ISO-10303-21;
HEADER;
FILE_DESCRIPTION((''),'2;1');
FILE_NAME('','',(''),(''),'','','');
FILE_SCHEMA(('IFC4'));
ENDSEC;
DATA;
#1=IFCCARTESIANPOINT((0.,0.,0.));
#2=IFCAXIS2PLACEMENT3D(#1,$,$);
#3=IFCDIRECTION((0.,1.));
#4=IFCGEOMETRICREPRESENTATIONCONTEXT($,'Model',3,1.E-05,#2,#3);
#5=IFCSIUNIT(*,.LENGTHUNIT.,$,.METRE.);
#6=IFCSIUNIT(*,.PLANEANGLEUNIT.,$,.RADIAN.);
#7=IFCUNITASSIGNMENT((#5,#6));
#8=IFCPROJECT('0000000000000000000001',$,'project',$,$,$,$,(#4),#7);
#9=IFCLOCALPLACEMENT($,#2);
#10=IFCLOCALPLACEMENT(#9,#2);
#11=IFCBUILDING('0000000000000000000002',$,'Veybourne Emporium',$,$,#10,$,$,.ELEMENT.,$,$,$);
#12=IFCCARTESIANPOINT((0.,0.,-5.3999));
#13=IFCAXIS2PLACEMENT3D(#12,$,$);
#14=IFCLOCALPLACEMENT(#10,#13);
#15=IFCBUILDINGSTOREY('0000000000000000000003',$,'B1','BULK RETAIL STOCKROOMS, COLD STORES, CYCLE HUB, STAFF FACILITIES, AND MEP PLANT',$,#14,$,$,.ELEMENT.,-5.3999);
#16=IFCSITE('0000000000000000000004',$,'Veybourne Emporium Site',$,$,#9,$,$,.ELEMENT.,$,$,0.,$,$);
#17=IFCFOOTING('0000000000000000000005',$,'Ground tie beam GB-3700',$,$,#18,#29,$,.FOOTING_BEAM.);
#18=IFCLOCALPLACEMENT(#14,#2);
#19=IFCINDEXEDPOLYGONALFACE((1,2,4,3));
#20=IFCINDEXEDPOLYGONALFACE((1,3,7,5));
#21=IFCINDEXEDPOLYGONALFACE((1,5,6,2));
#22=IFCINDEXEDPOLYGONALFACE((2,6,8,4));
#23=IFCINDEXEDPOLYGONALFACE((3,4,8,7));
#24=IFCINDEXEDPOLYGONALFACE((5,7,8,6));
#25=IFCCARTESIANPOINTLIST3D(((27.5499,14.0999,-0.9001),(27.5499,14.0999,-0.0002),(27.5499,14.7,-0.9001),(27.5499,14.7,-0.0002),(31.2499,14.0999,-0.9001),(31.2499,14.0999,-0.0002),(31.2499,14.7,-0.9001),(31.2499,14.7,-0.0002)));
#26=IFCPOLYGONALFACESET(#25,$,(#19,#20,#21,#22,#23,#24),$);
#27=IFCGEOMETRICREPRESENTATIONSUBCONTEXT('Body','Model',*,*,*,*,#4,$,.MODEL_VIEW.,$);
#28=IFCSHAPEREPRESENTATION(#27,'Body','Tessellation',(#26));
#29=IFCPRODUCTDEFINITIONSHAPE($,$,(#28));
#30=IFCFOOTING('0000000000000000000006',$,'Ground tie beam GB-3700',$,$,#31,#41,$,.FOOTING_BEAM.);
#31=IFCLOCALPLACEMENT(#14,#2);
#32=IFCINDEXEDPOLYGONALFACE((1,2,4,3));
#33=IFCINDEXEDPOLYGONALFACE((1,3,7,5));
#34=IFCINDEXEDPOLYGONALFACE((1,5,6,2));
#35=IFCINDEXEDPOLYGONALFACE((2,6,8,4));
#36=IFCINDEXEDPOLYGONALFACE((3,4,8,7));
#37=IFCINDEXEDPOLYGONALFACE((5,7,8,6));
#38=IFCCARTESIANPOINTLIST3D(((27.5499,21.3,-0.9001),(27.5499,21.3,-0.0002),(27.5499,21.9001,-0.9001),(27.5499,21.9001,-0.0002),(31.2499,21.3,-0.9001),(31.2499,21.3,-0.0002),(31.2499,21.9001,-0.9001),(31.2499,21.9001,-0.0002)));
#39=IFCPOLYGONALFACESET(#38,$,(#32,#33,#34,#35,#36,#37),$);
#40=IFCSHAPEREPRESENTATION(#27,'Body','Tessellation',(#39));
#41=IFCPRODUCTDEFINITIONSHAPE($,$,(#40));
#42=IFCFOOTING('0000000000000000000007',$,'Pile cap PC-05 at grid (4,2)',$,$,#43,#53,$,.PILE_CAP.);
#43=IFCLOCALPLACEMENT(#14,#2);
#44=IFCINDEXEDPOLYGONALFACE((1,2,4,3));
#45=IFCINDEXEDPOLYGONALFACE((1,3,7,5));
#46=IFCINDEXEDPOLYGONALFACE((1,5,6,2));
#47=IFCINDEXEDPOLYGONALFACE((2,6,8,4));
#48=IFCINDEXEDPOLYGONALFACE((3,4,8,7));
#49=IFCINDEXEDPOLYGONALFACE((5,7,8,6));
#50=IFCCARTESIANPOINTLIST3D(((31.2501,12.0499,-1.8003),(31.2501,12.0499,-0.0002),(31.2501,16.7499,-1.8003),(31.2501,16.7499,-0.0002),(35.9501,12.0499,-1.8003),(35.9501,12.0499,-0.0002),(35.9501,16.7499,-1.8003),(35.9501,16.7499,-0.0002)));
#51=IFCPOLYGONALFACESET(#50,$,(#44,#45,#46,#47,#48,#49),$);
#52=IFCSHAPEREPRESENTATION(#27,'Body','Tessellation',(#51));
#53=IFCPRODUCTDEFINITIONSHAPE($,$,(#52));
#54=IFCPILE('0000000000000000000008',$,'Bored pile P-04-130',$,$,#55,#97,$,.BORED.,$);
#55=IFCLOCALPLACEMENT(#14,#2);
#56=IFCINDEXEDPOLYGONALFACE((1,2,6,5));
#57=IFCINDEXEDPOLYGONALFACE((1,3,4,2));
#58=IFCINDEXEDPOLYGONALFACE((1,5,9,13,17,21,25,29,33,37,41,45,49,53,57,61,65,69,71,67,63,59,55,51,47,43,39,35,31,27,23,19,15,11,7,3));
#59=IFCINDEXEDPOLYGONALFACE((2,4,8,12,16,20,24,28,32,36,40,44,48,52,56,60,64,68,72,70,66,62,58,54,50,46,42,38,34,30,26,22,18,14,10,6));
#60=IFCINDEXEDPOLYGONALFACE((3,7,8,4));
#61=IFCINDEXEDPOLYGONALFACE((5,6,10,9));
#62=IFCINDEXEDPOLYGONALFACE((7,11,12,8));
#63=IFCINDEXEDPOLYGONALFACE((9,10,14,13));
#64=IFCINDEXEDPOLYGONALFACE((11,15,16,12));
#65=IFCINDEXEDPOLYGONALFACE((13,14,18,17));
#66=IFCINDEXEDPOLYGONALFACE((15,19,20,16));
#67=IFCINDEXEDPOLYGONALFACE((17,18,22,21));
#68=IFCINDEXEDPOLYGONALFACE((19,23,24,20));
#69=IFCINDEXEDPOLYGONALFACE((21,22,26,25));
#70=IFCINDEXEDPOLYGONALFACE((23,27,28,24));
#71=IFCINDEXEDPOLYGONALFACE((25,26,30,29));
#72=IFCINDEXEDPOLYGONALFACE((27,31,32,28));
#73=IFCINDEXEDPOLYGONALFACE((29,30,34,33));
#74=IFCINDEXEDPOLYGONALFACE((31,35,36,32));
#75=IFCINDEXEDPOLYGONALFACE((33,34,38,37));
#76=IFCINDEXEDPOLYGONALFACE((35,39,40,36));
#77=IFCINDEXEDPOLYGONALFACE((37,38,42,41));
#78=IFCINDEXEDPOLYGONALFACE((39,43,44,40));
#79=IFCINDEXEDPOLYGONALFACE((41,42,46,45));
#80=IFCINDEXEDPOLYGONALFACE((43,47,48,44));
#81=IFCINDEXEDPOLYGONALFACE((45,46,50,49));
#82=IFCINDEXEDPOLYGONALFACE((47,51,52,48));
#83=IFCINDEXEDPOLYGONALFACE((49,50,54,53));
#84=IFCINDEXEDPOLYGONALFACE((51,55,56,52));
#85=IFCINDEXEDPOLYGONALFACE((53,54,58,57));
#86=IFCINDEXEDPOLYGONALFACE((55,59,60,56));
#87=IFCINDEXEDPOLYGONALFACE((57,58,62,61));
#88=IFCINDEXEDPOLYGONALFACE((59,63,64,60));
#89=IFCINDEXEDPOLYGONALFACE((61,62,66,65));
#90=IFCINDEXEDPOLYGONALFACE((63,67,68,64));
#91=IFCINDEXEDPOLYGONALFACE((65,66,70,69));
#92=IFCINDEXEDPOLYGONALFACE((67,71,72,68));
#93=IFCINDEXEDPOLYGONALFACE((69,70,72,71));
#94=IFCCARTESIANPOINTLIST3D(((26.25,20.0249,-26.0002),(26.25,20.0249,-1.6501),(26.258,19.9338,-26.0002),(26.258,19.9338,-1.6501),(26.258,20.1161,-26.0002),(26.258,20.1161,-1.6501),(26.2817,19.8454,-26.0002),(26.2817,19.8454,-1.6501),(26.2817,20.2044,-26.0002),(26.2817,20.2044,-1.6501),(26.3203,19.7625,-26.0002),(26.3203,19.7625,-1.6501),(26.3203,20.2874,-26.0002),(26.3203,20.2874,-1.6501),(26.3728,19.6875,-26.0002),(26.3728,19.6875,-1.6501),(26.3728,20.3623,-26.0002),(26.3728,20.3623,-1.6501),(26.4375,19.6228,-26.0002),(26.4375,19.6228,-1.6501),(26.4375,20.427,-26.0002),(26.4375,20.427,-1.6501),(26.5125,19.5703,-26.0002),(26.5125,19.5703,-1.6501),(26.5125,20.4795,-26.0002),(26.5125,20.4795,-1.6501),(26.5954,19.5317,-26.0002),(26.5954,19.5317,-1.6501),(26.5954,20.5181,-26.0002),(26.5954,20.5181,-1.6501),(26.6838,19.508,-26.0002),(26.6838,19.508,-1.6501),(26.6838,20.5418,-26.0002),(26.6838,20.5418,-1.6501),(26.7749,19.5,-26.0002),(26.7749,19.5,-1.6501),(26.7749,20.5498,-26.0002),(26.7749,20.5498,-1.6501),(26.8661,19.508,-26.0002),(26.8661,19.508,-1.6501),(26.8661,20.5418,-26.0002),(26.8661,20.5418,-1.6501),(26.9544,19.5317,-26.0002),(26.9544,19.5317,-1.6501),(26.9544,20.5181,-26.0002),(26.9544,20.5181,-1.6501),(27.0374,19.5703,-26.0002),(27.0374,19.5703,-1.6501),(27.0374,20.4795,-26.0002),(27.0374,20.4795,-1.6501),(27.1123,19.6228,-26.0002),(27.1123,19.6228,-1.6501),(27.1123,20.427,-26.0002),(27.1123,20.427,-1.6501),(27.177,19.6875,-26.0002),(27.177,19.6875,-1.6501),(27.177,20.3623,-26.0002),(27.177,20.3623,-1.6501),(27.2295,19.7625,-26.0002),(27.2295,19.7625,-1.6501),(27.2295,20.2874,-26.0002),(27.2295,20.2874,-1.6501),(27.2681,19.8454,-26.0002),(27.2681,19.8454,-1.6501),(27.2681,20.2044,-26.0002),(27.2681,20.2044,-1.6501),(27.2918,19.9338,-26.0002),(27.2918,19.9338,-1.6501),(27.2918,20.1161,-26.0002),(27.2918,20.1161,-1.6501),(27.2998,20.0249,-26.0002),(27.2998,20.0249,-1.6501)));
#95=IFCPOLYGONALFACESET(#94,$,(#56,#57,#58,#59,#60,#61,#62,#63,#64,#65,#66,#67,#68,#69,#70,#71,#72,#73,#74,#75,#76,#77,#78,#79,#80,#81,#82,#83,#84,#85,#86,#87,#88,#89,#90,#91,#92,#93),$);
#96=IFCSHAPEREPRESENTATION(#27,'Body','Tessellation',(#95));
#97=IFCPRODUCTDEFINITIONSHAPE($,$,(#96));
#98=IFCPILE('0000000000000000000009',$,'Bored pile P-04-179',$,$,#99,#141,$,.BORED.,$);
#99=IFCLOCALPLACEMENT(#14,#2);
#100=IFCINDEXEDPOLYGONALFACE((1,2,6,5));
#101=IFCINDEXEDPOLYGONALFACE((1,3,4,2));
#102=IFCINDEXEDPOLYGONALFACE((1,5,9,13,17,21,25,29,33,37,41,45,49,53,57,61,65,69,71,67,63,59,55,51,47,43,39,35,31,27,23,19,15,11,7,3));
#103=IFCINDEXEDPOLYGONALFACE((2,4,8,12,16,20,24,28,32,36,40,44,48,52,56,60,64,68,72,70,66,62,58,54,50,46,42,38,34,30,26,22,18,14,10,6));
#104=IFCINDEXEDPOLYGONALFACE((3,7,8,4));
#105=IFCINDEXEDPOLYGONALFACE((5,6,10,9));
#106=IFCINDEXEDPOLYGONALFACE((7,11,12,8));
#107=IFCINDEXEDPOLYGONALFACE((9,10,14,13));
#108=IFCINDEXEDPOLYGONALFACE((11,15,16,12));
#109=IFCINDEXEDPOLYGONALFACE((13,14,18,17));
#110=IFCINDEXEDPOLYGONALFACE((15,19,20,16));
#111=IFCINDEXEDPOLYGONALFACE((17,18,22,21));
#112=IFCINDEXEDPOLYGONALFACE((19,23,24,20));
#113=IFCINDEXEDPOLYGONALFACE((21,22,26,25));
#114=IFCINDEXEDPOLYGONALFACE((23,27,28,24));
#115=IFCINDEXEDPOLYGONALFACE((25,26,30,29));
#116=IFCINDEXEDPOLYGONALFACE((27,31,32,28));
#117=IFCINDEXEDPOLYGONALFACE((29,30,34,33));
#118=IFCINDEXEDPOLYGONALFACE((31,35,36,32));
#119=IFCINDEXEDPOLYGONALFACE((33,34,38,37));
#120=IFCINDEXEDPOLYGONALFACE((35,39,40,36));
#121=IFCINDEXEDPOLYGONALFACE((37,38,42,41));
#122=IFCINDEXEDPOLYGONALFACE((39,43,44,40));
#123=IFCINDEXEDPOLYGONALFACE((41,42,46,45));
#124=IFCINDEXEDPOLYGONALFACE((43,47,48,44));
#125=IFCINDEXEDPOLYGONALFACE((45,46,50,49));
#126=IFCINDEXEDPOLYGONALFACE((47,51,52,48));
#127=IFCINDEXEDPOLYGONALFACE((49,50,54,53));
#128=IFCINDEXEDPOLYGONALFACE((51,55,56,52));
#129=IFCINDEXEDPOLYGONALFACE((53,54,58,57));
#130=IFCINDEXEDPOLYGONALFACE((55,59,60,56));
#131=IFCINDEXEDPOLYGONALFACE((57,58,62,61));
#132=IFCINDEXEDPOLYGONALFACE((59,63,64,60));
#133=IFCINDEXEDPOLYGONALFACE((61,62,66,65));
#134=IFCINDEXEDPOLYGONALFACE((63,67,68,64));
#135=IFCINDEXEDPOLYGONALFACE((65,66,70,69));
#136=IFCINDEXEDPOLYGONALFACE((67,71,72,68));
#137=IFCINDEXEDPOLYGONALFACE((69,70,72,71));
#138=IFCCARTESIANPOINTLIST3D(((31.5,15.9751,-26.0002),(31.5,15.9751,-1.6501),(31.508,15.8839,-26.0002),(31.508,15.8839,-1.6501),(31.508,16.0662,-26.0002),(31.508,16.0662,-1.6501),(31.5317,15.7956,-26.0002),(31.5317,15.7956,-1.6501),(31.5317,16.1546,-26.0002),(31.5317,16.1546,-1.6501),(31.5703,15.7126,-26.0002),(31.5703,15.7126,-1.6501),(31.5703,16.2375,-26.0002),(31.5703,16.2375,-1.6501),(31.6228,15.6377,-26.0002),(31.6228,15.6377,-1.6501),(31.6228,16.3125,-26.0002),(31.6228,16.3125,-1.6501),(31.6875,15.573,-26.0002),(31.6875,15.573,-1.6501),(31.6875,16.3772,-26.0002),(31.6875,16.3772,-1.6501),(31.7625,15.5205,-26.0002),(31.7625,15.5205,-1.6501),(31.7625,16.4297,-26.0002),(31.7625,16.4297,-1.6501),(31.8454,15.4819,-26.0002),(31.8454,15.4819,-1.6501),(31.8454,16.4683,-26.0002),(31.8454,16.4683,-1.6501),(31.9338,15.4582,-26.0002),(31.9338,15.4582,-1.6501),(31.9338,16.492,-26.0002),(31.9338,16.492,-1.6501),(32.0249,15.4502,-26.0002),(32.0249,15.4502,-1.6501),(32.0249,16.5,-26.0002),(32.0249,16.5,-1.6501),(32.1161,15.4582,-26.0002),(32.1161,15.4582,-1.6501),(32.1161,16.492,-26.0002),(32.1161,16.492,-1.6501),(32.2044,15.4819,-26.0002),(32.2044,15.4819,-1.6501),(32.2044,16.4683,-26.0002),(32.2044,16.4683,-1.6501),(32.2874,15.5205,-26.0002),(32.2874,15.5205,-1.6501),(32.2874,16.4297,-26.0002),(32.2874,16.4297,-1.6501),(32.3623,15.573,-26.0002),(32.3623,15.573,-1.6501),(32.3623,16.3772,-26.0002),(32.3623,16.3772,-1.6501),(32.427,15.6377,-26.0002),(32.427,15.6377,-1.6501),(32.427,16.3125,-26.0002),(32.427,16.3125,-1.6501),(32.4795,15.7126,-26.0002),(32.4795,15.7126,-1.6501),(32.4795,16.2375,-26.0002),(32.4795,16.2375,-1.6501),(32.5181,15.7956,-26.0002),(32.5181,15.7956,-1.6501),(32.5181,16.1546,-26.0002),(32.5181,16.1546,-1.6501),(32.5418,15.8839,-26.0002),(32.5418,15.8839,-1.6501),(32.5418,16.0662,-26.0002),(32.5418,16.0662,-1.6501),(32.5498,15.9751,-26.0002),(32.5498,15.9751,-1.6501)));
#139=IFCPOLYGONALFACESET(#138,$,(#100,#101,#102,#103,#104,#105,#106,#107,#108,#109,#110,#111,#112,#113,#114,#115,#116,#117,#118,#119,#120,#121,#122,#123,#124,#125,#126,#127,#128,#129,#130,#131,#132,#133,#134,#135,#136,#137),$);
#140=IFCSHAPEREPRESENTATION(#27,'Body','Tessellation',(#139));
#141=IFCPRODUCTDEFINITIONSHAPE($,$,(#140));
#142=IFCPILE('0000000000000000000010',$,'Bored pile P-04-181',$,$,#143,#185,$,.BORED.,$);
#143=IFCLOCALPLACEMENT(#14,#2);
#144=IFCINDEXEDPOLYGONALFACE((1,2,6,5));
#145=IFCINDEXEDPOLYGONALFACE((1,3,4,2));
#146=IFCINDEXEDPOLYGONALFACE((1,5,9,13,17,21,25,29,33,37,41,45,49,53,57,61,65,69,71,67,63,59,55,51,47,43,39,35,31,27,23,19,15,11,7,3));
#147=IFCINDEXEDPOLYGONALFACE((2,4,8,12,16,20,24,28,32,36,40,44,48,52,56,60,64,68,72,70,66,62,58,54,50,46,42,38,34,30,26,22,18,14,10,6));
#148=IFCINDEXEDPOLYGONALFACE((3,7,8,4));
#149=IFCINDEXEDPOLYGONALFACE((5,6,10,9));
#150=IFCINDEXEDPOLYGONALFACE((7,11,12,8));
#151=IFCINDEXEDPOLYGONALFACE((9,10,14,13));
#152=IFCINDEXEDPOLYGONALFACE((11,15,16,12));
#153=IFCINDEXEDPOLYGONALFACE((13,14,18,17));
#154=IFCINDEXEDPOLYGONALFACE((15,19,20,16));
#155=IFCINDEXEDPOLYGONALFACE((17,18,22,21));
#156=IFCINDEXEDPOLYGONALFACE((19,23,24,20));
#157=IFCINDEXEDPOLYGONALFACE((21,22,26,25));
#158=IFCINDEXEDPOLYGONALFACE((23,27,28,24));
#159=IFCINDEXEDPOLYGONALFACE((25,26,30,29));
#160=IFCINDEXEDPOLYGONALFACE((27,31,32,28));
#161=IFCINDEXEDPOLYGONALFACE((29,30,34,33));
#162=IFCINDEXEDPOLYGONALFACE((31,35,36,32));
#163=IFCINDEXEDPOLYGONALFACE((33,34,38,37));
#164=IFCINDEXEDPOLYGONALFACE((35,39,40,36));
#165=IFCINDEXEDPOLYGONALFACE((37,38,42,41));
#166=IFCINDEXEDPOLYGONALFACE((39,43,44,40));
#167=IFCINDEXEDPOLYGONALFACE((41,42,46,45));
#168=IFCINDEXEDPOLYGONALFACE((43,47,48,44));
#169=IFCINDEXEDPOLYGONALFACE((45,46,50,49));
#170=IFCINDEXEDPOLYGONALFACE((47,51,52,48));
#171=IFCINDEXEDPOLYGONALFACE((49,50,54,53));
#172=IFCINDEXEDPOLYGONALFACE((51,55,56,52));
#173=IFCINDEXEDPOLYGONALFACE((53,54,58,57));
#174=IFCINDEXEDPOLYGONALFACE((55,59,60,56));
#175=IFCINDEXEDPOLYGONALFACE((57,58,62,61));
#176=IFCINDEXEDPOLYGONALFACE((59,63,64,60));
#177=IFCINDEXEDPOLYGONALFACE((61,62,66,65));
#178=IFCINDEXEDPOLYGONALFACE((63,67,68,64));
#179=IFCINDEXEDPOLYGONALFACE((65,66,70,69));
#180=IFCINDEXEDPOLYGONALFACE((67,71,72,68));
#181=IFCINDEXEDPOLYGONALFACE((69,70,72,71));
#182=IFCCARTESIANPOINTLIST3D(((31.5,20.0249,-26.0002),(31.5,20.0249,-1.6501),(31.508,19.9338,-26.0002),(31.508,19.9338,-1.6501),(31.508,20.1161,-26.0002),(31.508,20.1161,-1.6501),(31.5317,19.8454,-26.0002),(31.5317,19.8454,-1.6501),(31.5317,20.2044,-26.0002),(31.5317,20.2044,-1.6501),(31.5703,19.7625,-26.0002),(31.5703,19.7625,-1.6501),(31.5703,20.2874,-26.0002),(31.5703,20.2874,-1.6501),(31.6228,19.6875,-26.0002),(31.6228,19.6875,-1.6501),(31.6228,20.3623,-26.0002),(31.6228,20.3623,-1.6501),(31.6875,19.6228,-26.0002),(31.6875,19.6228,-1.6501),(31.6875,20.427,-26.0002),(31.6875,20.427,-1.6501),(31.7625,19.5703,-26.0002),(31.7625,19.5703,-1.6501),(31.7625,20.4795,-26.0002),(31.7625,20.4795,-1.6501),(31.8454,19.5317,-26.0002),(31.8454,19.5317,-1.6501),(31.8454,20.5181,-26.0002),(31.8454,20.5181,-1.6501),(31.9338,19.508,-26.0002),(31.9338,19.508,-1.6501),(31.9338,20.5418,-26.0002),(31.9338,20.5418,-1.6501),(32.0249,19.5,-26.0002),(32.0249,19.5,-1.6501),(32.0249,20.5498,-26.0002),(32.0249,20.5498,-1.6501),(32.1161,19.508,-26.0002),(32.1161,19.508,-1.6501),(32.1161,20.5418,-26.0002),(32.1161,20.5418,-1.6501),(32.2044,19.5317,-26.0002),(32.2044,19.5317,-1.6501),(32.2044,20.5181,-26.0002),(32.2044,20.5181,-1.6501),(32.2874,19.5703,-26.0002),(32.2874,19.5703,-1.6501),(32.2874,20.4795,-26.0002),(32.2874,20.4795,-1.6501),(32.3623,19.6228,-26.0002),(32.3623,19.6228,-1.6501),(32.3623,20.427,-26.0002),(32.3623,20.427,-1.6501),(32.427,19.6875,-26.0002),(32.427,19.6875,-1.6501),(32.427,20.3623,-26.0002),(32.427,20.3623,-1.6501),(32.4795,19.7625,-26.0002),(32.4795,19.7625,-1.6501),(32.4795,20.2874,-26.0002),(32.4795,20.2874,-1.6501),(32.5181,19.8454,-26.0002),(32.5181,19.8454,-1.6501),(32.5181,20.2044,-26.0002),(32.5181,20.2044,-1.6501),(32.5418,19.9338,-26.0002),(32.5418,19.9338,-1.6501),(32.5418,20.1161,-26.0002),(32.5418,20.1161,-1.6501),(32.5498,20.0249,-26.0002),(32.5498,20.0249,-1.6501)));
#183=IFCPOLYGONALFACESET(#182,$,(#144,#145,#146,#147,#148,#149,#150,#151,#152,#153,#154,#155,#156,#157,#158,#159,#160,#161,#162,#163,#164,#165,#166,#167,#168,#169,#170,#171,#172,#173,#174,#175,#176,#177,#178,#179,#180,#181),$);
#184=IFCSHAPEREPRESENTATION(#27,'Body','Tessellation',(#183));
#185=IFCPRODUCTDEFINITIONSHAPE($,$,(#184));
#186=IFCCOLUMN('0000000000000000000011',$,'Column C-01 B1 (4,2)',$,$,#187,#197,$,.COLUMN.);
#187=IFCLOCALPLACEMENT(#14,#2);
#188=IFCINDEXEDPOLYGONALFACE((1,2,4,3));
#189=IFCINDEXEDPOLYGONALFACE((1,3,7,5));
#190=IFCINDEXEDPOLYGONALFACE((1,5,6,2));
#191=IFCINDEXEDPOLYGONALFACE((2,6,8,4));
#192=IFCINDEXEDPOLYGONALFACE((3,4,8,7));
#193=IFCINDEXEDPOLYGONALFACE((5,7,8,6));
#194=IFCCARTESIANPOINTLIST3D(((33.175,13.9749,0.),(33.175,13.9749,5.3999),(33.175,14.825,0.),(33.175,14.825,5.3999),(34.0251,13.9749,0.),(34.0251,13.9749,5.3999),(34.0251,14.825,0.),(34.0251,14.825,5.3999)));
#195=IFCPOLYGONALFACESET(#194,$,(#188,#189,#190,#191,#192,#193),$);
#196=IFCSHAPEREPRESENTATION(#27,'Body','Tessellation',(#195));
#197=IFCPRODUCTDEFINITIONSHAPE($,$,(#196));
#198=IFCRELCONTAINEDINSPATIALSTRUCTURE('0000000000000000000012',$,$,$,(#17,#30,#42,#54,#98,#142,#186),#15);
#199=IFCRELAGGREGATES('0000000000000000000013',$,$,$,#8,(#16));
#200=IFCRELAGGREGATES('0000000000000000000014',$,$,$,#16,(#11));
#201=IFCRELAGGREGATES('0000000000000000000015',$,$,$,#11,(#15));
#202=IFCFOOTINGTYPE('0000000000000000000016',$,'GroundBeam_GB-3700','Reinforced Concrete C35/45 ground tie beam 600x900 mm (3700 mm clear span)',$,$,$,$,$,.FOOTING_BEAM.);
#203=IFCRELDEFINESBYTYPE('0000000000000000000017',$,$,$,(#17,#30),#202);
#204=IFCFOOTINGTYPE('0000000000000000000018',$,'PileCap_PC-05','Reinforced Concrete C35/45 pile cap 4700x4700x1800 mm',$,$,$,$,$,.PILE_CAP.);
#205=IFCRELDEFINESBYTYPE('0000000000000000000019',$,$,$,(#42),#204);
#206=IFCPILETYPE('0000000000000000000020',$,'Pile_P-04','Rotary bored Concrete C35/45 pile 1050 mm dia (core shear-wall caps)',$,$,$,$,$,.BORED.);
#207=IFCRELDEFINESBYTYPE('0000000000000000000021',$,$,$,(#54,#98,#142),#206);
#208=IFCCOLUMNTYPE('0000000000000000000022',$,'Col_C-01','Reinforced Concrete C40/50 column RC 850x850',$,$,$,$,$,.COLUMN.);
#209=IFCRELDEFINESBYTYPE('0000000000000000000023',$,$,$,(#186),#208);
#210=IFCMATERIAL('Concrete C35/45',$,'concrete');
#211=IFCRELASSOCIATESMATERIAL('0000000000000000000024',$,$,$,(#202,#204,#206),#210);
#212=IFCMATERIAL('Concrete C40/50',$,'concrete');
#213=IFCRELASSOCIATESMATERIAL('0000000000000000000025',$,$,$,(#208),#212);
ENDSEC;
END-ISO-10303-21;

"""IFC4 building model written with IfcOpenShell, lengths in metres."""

from ifc_helpers import new_model, si_unit, direction, frame, origin, origin_2d, place, context, subcontext, project, spatial, rectangle, circle, extrude, material, material_profile, profile_set, type_object, element, save


model = new_model("IFC4")

# Units and contexts
model_context = context("Model", 3, precision=1e-05, world=origin(), true_north=direction((0.0, 1.0)))
body_context = subcontext(model_context, "Body", "Model", "MODEL_VIEW")
ifc_project = project(units=[si_unit("LENGTHUNIT", "METRE"), si_unit("PLANEANGLEUNIT", "RADIAN")], contexts=[model_context])

# Site, building, storey
site_placement = place(None, origin())
site = spatial("IfcSite", under=ifc_project, at=site_placement, Name="Veybourne Emporium Site", CompositionType="ELEMENT", RefElevation=0.0)
building_placement = place(site_placement, origin())
building = spatial("IfcBuilding", under=site, at=building_placement, Name="Veybourne Emporium", CompositionType="ELEMENT")
storey_placement = place(building_placement, frame((0.0, 0.0, -5.3999)))
storey = spatial("IfcBuildingStorey", under=building, at=storey_placement, Name="B1", Description="BULK RETAIL STOCKROOMS, COLD STORES, CYCLE HUB, STAFF FACILITIES, AND MEP PLANT", CompositionType="ELEMENT", Elevation=-5.3999)

# Footings
ifc_material_1 = material(Name="Concrete C35/45", Category="concrete")
footing_type_1 = type_object("IfcFootingType", Name="GroundBeam_GB-3700", Description="Reinforced Concrete C35/45 ground tie beam 600x900 mm (3700 mm clear span)", PredefinedType="FOOTING_BEAM", material=ifc_material_1)
for number, where, z_axis, x_axis, name in (
    (1, (29.3999, 14.3999, -0.9001), (0.0, 0.0, 1.0), (1.0, 0.0, 0.0), "Ground tie beam GB-3700"),
    (2, (29.3999, 21.6001, -0.9001), (0.0, 0.0, 1.0), (1.0, 0.0, 0.0), "Ground tie beam GB-3700"),
):
    element("IfcFooting", number, at=place(storey_placement, frame(where, z_axis=z_axis, x_axis=x_axis)), inside=storey, type_object=footing_type_1, Name=name, PredefinedType="FOOTING_BEAM", context=body_context, shape_type="SweptSolid", body=[
        extrude(rectangle(XDim=3.7, YDim=0.6001, at=origin_2d()), origin(), (0.0, 0.0, 1.0), 0.8999),
    ])
footing_type_2 = type_object("IfcFootingType", Name="PileCap_PC-05", Description="Reinforced Concrete C35/45 pile cap 4700x4700x1800 mm", PredefinedType="PILE_CAP", material=ifc_material_1)
footing_placement = place(storey_placement, frame((33.6001, 14.3999, -1.8003), z_axis=(0.0, 0.0, 1.0), x_axis=(1.0, 0.0, 0.0)))
element("IfcFooting", 3, at=footing_placement, inside=storey, type_object=footing_type_2, Name="Pile cap PC-05 at grid (4,2)", PredefinedType="PILE_CAP", context=body_context, shape_type="SweptSolid", body=[
    extrude(rectangle(XDim=4.7, YDim=4.7, at=origin_2d()), origin(), (0.0, 0.0, 1.0), 1.8),
])

# Piles
ifc_material_profile_1 = material_profile(ifc_material_1, circle(Radius=0.5249, at=origin_2d()), Name="BORED PILE 1050")
ifc_profile_set_1 = profile_set([ifc_material_profile_1], Name="Concrete C35/45")
pile_type = type_object("IfcPileType", Name="Pile_P-04", Description="Rotary bored Concrete C35/45 pile 1050 mm dia (core shear-wall caps)", PredefinedType="BORED", material=ifc_profile_set_1)
for number, where, z_axis, x_axis, name in (
    (4, (26.7749, 20.0249, -1.6501), (0.0, 0.0, -1.0), (1.0, 0.0, 0.0), "Bored pile P-04-130"),
    (5, (32.0249, 15.9751, -1.6501), (0.0, 0.0, -1.0), (1.0, 0.0, 0.0), "Bored pile P-04-179"),
    (6, (32.0249, 20.0249, -1.6501), (0.0, 0.0, -1.0), (1.0, 0.0, 0.0), "Bored pile P-04-181"),
):
    element("IfcPile", number, at=place(storey_placement, frame(where, z_axis=z_axis, x_axis=x_axis)), inside=storey, type_object=pile_type, Name=name, PredefinedType="BORED", context=body_context, shape_type="SweptSolid", body=[
        extrude(circle(Radius=0.5249, at=origin_2d()), origin(), (0.0, 0.0, 1.0), 24.3501),
    ])

# Column
ifc_material_2 = material(Name="Concrete C40/50", Category="concrete")
ifc_material_profile_2 = material_profile(ifc_material_2, rectangle(XDim=0.8501, YDim=0.8501, at=origin_2d()), Name="RC 850x850")
ifc_profile_set_2 = profile_set([ifc_material_profile_2], Name="Concrete C40/50")
column_type = type_object("IfcColumnType", Name="Col_C-01", Description="Reinforced Concrete C40/50 column RC 850x850", PredefinedType="COLUMN", material=ifc_profile_set_2)
column_placement = place(storey_placement, frame((33.6001, 14.3999, 0.0), z_axis=(0.0, 0.0, 1.0), x_axis=(1.0, 0.0, 0.0)))
element("IfcColumn", 7, at=column_placement, inside=storey, type_object=column_type, Name="Column C-01 B1 (4,2)", PredefinedType="COLUMN", context=body_context, shape_type="SweptSolid", body=[
    extrude(rectangle(XDim=0.8501, YDim=0.8501, at=origin_2d()), origin(), (0.0, 0.0, 1.0), 5.3999),
])

save(model, "model.ifc")
